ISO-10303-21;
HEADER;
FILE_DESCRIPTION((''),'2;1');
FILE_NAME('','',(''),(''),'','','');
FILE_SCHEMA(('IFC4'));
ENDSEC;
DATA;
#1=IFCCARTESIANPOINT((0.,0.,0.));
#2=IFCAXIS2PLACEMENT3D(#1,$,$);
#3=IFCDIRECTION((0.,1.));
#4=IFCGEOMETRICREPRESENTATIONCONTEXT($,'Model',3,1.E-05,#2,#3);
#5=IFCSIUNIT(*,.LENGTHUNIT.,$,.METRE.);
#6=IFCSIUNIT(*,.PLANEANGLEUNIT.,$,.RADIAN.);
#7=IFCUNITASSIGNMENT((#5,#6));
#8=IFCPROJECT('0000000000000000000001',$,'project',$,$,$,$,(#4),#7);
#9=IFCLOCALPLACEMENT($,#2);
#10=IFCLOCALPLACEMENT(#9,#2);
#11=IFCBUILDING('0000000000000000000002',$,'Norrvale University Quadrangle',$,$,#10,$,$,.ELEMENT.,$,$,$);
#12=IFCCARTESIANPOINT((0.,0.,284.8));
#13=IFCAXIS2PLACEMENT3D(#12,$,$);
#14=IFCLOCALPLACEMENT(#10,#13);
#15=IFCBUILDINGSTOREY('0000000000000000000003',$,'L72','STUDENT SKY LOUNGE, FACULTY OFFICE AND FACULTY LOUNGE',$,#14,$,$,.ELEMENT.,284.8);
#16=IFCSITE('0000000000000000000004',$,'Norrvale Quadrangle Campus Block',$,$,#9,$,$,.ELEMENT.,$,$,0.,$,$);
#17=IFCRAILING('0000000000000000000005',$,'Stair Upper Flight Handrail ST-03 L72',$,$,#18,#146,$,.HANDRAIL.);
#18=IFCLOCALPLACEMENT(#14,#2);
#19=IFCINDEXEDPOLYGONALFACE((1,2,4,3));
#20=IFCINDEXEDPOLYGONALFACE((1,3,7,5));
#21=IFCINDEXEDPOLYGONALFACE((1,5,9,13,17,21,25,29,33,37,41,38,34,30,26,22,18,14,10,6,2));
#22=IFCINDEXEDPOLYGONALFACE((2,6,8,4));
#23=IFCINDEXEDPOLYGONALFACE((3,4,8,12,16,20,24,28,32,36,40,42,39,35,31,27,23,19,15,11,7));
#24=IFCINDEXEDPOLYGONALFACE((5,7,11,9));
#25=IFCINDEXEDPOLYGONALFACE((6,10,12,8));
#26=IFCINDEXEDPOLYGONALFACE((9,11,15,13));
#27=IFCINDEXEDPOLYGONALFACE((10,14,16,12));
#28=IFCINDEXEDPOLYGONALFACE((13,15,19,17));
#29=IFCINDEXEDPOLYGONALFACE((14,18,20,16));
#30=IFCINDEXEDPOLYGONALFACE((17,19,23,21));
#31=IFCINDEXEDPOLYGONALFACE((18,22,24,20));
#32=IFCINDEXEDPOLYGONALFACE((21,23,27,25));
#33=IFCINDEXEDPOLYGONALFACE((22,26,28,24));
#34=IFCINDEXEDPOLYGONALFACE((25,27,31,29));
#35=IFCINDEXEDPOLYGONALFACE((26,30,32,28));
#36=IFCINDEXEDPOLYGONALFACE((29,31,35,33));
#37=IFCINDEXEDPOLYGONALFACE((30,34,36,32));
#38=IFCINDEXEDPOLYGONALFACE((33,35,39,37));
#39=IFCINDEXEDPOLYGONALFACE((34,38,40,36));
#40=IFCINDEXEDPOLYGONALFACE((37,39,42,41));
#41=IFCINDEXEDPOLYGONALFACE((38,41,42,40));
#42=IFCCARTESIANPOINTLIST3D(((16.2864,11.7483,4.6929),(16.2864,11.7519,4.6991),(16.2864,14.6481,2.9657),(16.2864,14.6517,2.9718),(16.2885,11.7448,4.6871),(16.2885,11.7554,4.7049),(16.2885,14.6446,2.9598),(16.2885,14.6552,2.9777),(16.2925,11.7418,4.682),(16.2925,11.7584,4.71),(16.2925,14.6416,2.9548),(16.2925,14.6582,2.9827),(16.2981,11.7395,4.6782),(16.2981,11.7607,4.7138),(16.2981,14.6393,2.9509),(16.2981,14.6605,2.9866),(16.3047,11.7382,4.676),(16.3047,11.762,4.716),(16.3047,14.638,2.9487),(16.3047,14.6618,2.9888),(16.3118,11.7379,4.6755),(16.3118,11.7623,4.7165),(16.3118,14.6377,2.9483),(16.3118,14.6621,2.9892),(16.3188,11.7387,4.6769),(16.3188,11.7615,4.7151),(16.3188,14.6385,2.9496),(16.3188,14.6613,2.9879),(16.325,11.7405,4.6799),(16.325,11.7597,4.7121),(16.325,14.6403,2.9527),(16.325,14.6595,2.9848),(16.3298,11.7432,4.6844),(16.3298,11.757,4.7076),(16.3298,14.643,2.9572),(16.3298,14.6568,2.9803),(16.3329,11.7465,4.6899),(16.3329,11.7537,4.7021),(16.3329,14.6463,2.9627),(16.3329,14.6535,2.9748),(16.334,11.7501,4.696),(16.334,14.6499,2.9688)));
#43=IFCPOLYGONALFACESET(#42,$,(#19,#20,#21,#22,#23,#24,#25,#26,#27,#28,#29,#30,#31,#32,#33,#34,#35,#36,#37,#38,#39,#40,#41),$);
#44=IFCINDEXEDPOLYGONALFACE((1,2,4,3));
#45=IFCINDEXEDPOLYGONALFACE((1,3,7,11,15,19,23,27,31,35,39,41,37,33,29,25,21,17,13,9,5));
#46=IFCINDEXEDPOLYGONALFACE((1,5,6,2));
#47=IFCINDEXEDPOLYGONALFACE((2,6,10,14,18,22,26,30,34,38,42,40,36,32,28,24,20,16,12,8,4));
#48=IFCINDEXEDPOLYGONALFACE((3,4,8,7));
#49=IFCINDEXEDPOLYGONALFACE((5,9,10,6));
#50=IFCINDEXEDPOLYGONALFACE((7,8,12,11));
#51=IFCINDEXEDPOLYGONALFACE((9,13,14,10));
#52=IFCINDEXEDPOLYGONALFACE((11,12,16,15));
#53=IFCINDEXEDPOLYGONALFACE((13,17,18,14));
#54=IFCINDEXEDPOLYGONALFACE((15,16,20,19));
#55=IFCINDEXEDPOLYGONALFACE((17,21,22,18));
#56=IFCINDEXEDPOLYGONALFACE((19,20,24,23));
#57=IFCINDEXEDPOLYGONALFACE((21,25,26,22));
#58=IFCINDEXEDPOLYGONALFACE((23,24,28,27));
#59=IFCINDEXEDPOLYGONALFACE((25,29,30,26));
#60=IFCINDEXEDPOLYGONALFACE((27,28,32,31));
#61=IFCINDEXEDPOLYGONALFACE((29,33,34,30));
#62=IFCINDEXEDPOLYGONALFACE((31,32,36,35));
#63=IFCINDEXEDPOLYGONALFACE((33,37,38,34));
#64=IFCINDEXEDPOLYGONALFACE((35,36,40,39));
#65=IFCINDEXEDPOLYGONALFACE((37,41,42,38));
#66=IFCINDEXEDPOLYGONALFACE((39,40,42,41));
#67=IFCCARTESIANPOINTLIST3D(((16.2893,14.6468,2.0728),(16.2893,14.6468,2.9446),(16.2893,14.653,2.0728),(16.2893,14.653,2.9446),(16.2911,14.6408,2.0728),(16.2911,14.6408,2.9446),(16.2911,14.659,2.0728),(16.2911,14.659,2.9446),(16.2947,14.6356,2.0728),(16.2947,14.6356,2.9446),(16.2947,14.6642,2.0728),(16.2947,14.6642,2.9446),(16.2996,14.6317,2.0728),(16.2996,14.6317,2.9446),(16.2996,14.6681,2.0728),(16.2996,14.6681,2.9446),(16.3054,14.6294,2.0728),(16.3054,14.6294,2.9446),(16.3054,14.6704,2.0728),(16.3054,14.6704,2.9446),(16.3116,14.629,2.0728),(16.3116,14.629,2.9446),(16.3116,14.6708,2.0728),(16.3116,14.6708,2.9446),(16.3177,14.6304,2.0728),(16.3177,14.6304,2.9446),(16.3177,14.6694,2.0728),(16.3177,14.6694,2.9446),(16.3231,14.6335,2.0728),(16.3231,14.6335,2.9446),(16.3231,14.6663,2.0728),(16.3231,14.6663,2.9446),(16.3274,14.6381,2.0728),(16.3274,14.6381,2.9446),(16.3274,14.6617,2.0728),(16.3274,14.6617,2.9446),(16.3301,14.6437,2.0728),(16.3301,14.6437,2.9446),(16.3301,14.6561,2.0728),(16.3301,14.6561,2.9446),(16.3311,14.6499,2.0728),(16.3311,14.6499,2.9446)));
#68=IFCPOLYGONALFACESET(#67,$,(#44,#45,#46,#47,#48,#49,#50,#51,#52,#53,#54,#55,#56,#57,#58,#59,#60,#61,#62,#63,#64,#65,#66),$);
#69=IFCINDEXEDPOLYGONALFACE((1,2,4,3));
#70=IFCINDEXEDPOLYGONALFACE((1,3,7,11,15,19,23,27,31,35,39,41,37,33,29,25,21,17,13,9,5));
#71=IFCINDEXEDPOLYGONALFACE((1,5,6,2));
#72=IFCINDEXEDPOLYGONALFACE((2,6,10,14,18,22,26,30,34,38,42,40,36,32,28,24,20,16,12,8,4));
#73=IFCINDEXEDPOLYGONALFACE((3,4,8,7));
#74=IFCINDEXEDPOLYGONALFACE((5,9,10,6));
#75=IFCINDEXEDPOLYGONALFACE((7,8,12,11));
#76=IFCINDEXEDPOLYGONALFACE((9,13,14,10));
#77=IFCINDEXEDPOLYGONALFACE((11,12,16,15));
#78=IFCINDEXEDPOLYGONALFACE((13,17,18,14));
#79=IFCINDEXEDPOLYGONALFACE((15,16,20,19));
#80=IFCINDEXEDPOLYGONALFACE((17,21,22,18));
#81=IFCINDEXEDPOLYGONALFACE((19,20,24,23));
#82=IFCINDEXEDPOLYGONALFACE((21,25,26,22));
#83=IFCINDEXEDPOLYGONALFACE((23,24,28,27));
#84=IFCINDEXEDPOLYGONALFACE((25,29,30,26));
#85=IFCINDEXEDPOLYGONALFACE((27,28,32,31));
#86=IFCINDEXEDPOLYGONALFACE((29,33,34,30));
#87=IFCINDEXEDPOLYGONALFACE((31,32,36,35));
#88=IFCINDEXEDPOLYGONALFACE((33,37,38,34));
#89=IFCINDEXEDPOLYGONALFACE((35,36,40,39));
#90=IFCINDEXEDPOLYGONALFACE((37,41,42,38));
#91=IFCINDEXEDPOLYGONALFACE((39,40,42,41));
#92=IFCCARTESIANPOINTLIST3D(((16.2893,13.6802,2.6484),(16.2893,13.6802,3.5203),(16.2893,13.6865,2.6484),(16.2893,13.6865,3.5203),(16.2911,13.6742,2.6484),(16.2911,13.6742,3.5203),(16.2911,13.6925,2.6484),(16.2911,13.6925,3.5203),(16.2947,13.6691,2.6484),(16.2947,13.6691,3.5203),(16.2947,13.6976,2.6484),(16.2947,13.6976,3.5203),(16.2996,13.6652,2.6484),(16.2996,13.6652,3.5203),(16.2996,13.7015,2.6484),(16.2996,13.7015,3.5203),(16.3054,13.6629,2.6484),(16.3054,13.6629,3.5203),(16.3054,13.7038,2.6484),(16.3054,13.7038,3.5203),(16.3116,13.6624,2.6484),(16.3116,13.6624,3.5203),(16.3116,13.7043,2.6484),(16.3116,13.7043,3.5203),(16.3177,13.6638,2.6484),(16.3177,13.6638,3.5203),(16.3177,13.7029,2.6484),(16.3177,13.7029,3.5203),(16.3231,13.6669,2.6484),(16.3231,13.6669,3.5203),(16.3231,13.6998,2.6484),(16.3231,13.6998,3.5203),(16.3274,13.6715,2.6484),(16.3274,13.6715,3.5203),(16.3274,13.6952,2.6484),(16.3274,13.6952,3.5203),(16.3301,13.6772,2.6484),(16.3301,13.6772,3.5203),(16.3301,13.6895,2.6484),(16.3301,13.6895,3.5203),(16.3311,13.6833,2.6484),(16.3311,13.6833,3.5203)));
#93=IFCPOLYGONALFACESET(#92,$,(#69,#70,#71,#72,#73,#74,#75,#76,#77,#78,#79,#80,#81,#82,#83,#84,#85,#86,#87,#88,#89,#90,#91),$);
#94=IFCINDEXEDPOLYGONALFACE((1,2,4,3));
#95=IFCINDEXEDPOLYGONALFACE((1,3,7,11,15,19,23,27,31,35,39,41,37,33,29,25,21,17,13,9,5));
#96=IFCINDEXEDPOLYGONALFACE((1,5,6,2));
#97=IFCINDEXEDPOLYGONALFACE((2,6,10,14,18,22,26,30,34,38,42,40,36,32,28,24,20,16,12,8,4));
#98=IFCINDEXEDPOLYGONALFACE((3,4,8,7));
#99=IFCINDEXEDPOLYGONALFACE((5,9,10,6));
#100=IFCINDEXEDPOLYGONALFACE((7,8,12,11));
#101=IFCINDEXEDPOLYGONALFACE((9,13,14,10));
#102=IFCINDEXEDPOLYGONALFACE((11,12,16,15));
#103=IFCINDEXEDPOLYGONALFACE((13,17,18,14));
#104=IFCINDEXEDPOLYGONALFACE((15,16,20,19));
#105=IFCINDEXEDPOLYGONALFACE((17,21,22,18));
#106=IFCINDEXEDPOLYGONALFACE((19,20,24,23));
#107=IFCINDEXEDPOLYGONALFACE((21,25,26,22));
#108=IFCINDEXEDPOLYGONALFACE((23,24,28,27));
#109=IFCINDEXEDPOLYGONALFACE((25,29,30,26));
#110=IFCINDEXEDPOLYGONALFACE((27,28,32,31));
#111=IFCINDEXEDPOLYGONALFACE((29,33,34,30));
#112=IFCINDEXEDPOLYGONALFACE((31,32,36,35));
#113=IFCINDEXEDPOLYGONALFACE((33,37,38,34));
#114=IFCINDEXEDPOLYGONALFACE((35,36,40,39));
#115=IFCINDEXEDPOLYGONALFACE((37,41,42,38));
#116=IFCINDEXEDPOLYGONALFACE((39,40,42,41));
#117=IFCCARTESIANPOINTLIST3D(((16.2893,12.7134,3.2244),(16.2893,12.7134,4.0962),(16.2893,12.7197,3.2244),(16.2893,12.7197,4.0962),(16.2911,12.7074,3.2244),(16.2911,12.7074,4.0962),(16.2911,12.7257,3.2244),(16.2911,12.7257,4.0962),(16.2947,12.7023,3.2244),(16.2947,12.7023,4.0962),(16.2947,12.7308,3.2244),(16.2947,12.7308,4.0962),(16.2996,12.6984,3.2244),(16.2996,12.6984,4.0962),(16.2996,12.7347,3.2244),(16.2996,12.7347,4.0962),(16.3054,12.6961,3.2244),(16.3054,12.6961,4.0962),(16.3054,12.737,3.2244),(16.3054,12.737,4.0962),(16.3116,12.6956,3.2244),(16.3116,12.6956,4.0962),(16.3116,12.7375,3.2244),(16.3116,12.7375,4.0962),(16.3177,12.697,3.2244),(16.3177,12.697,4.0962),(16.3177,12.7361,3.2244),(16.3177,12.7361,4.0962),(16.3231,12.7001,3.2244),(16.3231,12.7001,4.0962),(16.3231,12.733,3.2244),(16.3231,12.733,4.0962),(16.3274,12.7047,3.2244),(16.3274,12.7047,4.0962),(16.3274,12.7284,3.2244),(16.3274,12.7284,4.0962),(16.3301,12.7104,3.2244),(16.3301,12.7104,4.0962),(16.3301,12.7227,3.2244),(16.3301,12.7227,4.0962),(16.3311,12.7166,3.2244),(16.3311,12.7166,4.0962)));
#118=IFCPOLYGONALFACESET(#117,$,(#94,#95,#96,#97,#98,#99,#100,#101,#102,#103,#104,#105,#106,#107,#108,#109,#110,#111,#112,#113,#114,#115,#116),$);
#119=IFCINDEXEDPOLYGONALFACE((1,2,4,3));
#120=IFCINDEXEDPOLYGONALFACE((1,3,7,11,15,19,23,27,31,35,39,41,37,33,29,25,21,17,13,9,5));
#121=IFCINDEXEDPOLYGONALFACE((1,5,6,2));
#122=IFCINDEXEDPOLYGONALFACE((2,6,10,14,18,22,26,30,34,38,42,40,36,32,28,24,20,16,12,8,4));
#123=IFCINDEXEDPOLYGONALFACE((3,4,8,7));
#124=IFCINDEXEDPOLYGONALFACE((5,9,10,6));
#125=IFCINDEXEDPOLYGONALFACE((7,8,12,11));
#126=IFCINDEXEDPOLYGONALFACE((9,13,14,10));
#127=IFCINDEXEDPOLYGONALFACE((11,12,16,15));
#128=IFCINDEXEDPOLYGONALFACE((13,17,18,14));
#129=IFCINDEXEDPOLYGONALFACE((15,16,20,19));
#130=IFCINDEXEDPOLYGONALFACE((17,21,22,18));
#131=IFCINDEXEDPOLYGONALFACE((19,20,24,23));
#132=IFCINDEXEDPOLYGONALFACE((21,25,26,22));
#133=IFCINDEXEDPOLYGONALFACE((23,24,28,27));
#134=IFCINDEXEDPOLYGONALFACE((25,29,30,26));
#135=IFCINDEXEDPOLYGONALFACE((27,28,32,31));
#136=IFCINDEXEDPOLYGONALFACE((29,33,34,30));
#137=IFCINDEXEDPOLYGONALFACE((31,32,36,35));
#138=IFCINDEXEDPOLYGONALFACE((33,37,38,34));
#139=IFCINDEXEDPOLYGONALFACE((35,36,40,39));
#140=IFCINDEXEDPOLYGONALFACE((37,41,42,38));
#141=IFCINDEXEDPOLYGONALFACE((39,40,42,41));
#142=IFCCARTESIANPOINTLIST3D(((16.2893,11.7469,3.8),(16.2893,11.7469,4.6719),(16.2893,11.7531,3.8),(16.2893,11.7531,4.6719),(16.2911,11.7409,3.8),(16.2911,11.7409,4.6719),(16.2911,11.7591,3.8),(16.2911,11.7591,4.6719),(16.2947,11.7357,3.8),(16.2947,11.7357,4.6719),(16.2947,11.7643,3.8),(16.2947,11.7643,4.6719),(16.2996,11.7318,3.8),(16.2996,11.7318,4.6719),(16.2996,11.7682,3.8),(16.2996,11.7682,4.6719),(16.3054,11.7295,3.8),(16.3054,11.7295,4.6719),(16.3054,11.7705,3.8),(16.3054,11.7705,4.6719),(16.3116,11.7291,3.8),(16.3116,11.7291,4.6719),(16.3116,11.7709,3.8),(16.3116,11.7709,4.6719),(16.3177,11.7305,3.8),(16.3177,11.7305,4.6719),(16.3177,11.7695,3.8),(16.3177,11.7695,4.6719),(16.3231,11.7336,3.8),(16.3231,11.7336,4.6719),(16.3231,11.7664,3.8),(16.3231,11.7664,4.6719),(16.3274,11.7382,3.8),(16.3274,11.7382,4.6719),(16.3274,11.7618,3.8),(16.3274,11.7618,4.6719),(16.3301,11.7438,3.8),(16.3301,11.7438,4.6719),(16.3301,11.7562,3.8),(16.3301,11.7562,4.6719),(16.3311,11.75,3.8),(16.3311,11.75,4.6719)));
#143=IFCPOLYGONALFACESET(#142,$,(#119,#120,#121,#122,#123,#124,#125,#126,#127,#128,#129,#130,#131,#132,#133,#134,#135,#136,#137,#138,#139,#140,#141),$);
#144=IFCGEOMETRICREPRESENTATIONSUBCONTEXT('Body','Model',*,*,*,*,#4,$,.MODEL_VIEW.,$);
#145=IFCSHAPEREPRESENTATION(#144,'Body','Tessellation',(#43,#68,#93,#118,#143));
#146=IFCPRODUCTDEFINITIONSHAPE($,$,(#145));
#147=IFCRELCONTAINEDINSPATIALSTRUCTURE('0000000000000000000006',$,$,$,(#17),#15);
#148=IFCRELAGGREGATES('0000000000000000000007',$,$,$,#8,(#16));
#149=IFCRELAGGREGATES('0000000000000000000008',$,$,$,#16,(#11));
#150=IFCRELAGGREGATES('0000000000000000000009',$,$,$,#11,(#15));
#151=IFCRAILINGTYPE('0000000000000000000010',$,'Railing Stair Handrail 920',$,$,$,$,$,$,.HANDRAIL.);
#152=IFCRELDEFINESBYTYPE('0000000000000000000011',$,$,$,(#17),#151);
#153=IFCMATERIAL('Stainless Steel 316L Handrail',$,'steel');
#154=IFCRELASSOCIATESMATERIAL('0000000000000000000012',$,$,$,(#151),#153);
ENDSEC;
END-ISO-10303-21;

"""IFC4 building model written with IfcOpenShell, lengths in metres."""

from ifc_helpers import new_model, si_unit, direction, frame, origin, origin_2d, place, context, subcontext, project, spatial, circle, extrude, material, type_object, element, save


model = new_model("IFC4")

# Units and contexts
model_context = context("Model", 3, precision=1e-05, world=origin(), true_north=direction((0.0, 1.0)))
body_context = subcontext(model_context, "Body", "Model", "MODEL_VIEW")
ifc_project = project(units=[si_unit("LENGTHUNIT", "METRE"), si_unit("PLANEANGLEUNIT", "RADIAN")], contexts=[model_context])

# Site, building, storey
site_placement = place(None, origin())
site = spatial("IfcSite", under=ifc_project, at=site_placement, Name="Norrvale Quadrangle Campus Block", CompositionType="ELEMENT", RefElevation=0.0)
building_placement = place(site_placement, origin())
building = spatial("IfcBuilding", under=site, at=building_placement, Name="Norrvale University Quadrangle", CompositionType="ELEMENT")
storey_placement = place(building_placement, frame((0.0, 0.0, 284.8)))
storey = spatial("IfcBuildingStorey", under=building, at=storey_placement, Name="L72", Description="STUDENT SKY LOUNGE, FACULTY OFFICE AND FACULTY LOUNGE", CompositionType="ELEMENT", Elevation=284.8)

# Railing
ifc_material_1 = material(Name="Stainless Steel 316L Handrail", Category="steel")
railing_type_1 = type_object("IfcRailingType", Name="Railing Stair Handrail 920", PredefinedType="HANDRAIL", material=ifc_material_1)
railing_1_placement = place(storey_placement, frame((16.3101, 14.6499, 2.0728)))
element("IfcRailing", 1, at=railing_1_placement, inside=storey, type_object=railing_type_1, Name="Stair Upper Flight Handrail ST-03 L72", PredefinedType="HANDRAIL", context=body_context, shape_type="SweptSolid", body=[
    extrude(circle(Radius=0.0239, at=origin_2d()), frame((0.0, 0.0, 0.896), z_axis=(0.0, -0.859141, 0.511738), x_axis=(1.0, 0.0, 0.0)), (0.0, 0.0, 1.0), 3.3752),
    extrude(circle(Radius=0.021, at=origin_2d()), origin(), (0.0, 0.0, 1.0), 0.8718),
    extrude(circle(Radius=0.021, at=origin_2d()), frame((0.0, -0.9666, 0.5757)), (0.0, 0.0, 1.0), 0.8718),
    extrude(circle(Radius=0.021, at=origin_2d()), frame((0.0, -1.9333, 1.1516)), (0.0, 0.0, 1.0), 0.8718),
    extrude(circle(Radius=0.021, at=origin_2d()), frame((0.0, -2.8999, 1.7273)), (0.0, 0.0, 1.0), 0.8718),
])

save(model, "model.ifc")
